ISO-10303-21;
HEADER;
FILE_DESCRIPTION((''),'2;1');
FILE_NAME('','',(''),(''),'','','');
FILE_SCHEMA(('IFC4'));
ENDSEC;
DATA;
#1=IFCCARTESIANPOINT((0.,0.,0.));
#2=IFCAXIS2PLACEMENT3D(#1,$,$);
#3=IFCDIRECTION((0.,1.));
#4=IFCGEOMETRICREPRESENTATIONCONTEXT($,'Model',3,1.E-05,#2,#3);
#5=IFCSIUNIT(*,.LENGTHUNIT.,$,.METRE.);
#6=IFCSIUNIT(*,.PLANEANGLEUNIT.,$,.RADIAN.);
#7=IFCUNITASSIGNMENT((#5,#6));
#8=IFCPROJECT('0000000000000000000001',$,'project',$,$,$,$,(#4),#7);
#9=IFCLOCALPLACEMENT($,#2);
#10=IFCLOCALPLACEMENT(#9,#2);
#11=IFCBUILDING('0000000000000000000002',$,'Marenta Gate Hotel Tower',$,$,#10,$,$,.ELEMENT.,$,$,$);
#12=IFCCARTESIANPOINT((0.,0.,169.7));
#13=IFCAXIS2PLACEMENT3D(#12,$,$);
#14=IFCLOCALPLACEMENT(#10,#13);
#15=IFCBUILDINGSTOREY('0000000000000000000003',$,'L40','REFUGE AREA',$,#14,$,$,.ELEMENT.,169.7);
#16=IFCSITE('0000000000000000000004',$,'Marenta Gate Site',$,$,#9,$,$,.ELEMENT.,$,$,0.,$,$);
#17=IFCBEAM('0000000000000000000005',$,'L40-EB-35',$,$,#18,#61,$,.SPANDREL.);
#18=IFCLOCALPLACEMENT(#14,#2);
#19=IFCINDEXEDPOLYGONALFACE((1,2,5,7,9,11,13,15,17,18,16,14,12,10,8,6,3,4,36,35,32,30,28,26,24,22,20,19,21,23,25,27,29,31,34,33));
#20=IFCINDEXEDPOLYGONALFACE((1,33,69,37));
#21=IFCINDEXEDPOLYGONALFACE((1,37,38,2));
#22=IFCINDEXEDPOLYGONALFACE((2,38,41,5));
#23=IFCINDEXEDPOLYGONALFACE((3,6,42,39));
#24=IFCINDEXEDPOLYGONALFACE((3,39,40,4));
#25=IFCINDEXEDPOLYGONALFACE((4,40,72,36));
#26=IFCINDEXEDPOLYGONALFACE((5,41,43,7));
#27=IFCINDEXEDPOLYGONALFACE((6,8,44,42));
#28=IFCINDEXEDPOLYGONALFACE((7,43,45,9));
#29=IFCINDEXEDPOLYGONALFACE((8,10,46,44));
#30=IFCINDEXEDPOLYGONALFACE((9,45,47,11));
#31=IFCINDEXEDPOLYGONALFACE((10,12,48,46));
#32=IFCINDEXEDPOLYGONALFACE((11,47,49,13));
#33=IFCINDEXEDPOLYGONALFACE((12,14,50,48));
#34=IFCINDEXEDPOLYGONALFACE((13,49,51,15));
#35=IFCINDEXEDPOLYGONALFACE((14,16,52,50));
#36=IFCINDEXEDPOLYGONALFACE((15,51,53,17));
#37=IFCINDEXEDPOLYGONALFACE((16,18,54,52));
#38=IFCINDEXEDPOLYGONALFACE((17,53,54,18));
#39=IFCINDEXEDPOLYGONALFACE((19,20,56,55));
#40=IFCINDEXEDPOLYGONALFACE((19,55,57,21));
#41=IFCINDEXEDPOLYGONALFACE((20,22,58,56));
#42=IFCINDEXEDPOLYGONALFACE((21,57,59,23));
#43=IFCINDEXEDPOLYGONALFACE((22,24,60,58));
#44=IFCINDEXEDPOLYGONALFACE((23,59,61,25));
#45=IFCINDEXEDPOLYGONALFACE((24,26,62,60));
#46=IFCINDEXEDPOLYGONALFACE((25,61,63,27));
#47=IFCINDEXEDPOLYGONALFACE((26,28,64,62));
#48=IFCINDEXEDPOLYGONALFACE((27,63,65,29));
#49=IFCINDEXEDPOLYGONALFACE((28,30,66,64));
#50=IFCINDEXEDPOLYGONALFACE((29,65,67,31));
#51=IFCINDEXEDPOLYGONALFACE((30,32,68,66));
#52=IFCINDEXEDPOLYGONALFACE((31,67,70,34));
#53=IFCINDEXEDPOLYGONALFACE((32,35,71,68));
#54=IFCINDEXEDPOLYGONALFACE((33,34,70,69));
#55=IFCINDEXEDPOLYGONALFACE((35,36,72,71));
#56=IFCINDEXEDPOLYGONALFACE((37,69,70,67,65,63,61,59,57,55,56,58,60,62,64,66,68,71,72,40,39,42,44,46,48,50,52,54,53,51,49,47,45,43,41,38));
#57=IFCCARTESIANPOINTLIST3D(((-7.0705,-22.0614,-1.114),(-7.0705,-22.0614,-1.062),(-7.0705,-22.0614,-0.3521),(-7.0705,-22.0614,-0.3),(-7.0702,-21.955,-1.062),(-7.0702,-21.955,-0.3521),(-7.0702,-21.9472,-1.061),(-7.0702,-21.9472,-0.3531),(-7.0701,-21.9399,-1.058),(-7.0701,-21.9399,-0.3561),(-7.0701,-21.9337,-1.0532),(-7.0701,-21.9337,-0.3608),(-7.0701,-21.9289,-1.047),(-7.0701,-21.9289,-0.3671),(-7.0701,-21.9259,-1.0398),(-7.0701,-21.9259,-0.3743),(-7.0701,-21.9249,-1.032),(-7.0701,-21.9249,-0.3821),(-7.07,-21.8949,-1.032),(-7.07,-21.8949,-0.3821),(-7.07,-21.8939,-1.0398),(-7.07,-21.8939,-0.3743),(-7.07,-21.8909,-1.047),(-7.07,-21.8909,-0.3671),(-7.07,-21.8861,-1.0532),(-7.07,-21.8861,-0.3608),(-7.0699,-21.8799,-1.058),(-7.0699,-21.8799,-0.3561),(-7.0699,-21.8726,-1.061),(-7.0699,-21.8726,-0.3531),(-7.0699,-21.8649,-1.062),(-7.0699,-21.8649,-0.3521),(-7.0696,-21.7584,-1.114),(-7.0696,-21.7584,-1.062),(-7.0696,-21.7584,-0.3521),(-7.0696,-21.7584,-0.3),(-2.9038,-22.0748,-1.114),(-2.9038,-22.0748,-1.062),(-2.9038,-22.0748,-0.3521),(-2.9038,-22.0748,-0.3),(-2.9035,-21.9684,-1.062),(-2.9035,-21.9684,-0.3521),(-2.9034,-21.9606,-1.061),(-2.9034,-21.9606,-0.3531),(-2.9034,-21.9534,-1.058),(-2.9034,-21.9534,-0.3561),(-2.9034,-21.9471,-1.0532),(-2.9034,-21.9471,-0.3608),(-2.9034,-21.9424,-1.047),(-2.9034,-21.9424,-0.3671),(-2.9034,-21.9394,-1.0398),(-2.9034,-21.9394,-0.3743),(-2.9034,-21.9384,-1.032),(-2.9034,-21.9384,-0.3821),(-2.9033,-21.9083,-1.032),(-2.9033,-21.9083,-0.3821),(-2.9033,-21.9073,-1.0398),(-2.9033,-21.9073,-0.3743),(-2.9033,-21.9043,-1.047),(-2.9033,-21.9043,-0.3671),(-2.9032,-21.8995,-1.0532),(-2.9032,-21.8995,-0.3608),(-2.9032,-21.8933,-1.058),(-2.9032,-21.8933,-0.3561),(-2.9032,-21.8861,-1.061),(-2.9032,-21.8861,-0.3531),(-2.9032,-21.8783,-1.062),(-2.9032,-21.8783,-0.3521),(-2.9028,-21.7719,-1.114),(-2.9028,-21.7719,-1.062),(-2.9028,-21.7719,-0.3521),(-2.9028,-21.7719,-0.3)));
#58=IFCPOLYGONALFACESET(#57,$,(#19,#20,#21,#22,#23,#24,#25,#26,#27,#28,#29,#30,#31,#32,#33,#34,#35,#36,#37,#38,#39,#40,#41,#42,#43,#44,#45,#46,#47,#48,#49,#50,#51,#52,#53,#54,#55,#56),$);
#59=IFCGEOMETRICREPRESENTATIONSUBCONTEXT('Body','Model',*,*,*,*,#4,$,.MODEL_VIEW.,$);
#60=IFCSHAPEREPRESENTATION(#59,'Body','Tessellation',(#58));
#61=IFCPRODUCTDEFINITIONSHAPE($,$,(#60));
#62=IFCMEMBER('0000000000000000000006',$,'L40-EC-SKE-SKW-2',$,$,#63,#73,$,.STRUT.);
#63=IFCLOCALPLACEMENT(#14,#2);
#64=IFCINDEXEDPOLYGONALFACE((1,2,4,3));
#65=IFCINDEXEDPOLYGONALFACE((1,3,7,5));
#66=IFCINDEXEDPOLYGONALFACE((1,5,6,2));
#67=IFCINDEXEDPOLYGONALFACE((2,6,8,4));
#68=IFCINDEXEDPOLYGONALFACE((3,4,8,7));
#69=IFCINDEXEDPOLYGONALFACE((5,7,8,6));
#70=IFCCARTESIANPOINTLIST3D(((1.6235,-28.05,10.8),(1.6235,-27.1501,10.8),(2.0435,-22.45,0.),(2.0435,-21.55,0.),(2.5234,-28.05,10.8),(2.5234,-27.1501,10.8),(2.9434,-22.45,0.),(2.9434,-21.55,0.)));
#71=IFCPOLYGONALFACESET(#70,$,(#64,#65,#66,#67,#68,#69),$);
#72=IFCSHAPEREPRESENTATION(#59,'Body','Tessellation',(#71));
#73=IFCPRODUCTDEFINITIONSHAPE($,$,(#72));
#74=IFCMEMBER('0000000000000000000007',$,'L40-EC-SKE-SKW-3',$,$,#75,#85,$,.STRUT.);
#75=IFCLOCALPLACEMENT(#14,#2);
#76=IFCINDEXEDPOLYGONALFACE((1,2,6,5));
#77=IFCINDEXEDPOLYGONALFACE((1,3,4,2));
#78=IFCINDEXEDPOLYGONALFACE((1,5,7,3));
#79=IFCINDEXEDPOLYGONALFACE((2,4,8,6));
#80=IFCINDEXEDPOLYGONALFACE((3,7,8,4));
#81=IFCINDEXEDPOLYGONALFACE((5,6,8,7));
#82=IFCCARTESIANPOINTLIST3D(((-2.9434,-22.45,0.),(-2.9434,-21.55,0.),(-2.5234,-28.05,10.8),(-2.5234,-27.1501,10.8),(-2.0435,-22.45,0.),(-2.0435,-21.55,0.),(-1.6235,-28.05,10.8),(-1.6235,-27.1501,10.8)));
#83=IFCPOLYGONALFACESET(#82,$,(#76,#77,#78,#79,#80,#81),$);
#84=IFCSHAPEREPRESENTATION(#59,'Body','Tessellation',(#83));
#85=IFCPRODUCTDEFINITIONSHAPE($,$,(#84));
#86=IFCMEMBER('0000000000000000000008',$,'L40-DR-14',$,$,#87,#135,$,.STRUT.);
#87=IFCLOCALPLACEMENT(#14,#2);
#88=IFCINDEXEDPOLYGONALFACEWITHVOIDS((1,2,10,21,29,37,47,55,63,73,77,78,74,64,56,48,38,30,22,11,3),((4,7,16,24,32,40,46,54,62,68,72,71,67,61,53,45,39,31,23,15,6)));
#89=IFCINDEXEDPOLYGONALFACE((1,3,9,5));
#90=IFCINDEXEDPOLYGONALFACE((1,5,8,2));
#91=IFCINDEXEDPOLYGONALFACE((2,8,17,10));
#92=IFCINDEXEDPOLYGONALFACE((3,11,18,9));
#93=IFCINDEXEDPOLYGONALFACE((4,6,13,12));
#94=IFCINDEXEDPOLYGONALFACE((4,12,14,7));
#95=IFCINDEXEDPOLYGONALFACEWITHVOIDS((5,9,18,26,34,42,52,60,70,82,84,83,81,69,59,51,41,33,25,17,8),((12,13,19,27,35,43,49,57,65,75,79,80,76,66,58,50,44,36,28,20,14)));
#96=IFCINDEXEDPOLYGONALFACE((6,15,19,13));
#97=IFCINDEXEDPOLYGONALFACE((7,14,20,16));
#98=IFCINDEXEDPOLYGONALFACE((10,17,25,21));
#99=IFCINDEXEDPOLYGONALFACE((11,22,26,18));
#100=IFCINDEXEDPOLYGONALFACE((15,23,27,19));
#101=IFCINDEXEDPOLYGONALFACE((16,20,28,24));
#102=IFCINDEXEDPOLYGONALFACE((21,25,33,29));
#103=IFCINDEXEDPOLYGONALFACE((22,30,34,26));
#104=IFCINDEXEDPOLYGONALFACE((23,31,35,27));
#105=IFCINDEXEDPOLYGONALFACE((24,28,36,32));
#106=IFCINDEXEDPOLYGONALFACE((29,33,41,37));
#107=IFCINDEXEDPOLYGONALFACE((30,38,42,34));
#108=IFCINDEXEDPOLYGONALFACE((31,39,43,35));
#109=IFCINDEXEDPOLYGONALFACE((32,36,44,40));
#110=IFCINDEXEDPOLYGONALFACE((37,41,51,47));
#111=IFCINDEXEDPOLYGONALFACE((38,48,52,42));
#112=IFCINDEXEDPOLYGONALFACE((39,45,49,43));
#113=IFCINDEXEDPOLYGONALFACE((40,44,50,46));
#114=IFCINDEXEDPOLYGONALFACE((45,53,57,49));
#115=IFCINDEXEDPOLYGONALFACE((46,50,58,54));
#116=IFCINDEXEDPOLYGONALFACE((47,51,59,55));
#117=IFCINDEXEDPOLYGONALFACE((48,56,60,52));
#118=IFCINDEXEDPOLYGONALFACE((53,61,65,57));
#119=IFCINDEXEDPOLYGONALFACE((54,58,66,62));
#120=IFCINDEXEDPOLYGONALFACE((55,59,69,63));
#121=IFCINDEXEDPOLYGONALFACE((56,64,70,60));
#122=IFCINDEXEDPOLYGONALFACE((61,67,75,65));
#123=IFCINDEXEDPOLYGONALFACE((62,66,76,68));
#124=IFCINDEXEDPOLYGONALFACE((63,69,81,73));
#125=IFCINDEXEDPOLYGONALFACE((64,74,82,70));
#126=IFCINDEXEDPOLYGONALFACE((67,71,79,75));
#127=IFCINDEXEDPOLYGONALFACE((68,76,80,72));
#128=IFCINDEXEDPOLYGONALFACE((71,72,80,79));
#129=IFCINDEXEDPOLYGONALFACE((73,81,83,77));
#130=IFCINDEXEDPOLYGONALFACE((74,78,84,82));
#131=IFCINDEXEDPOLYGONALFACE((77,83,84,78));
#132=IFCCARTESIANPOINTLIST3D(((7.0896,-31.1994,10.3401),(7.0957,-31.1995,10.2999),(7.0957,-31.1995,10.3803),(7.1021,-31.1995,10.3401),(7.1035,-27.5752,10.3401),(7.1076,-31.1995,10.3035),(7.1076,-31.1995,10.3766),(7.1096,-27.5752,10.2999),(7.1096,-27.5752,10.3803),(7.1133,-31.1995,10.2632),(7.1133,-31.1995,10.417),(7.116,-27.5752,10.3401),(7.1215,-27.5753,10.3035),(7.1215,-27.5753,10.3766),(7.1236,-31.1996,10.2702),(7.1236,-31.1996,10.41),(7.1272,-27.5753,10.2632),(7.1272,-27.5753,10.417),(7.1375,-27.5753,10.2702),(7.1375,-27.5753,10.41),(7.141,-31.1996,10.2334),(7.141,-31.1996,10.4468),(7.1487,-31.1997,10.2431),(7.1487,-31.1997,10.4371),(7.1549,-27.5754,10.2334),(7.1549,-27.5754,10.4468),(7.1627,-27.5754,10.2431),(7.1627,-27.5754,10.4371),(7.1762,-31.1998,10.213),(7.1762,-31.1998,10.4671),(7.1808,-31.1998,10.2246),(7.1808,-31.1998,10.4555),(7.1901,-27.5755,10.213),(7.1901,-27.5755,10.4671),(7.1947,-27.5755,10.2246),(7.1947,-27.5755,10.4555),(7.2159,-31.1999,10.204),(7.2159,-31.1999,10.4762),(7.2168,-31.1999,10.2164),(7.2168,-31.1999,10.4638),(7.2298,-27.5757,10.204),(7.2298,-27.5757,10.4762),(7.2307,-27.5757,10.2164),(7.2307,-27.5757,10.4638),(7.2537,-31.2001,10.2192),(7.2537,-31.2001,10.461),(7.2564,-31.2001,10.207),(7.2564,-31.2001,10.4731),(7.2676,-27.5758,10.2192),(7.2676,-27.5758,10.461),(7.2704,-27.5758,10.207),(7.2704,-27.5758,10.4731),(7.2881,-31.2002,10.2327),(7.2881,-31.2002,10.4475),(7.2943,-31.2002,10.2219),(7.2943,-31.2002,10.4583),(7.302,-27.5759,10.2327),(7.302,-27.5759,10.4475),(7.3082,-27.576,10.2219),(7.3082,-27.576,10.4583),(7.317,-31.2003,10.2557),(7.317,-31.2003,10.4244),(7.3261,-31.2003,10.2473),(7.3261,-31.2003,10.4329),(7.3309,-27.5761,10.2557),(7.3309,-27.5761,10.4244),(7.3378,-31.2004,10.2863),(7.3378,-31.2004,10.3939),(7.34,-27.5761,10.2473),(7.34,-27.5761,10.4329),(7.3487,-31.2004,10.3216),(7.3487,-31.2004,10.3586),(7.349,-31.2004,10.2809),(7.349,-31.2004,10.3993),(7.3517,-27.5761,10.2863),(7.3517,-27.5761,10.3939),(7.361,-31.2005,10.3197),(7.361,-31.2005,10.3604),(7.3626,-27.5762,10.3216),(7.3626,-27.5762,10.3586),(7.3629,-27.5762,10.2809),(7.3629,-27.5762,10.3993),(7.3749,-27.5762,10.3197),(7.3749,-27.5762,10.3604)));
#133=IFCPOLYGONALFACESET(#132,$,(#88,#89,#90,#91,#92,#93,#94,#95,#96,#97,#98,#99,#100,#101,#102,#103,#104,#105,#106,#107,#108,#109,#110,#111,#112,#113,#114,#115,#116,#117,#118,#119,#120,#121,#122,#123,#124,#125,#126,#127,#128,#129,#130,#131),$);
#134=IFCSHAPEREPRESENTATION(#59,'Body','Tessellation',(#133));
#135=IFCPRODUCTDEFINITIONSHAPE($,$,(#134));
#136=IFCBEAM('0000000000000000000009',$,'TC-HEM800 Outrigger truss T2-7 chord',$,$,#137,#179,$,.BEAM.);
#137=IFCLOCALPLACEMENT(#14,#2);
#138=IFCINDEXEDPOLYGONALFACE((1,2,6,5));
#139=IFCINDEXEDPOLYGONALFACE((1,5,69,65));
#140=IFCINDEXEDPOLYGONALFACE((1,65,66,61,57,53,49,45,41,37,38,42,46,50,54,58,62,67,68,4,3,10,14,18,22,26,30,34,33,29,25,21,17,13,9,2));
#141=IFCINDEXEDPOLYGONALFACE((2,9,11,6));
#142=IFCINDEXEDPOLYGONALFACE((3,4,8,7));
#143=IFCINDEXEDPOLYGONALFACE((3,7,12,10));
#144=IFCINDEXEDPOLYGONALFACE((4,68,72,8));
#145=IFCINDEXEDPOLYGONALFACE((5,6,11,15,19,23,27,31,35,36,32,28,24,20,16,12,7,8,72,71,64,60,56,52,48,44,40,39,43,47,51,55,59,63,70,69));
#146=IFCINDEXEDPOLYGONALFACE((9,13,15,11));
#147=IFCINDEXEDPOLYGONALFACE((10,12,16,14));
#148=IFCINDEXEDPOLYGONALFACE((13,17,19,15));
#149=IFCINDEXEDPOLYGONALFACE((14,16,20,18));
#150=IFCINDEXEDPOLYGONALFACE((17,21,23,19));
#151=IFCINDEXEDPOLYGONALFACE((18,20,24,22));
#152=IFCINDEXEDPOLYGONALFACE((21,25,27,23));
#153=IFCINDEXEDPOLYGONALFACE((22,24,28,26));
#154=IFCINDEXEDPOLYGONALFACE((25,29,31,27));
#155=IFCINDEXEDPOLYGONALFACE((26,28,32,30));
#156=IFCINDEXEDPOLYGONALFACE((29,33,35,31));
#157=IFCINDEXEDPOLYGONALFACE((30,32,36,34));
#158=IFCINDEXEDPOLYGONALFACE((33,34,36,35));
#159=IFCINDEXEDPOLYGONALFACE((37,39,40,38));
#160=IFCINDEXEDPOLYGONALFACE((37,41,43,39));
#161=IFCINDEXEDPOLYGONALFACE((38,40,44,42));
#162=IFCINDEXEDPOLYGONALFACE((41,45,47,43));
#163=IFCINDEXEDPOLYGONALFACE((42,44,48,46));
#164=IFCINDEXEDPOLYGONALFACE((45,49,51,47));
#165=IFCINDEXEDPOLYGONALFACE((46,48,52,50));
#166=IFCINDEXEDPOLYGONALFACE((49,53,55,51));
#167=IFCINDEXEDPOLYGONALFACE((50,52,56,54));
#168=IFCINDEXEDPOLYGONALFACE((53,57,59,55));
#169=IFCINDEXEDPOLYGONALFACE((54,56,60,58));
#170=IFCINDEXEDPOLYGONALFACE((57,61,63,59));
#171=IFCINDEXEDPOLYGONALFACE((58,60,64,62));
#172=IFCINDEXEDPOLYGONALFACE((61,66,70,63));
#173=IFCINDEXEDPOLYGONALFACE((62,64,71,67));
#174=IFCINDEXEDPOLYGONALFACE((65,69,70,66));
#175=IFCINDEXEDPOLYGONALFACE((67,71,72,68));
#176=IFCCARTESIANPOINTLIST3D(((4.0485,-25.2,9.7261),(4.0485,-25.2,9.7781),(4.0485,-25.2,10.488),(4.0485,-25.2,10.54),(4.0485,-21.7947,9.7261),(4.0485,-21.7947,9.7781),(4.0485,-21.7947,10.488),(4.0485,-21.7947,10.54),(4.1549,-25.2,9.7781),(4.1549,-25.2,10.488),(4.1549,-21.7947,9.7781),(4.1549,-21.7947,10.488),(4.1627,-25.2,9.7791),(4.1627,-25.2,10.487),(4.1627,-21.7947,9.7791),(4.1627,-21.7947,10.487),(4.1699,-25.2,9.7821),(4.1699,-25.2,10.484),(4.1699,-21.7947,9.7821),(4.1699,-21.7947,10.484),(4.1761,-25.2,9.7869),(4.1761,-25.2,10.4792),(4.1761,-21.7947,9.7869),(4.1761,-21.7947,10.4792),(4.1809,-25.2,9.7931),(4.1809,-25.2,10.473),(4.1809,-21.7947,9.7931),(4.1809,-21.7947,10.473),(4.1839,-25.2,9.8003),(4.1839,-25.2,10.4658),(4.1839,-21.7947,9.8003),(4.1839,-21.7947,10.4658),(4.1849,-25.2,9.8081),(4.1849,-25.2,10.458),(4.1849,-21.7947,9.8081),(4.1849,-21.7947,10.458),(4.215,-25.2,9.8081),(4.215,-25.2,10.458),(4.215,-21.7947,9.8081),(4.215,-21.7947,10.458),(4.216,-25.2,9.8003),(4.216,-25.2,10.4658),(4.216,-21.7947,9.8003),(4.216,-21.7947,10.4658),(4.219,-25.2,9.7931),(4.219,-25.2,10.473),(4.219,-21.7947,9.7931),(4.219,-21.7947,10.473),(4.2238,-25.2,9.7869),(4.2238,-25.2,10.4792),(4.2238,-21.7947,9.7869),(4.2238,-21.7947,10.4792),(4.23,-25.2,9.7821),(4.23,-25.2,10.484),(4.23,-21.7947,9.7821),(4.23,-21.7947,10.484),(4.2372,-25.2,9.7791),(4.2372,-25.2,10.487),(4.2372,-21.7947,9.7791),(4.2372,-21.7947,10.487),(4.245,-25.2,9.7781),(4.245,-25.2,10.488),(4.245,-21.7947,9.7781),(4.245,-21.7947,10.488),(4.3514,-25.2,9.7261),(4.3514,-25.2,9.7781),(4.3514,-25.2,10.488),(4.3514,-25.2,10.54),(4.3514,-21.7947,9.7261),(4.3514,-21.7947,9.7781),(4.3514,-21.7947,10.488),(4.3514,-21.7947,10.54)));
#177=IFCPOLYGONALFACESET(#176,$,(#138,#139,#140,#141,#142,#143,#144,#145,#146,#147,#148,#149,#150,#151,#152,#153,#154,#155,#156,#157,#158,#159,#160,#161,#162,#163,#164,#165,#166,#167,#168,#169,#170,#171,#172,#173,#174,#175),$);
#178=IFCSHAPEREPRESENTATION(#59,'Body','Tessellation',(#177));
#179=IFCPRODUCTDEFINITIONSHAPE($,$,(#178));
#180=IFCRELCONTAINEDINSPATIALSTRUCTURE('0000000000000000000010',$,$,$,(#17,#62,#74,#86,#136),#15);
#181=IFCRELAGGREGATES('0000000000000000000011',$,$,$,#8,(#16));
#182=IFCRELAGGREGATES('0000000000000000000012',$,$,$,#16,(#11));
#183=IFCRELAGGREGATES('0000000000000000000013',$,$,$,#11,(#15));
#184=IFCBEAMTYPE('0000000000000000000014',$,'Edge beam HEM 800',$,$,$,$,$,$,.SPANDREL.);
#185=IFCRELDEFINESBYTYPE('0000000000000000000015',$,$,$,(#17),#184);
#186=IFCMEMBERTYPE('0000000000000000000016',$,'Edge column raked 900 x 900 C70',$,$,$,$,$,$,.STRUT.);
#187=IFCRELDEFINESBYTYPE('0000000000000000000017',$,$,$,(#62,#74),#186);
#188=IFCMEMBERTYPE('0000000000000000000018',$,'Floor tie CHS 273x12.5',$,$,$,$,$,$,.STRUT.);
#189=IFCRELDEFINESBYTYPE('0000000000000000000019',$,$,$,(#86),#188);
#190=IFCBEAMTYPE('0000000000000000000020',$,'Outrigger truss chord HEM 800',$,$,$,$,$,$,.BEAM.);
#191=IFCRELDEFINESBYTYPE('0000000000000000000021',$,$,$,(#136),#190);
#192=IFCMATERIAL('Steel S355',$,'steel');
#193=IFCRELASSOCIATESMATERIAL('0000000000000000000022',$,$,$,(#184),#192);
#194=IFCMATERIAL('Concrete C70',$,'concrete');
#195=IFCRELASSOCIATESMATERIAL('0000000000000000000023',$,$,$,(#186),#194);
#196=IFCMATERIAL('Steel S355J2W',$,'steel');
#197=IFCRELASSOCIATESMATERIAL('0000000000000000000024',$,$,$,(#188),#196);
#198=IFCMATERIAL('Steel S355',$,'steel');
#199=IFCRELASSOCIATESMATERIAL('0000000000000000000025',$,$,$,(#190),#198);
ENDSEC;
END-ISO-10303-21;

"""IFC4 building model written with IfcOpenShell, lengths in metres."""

from ifc_helpers import new_model, si_unit, direction, frame, origin, origin_2d, place, context, subcontext, project, spatial, rectangle, hollow_circle, i_section, extrude, material, material_profile, profile_set, type_object, element, save


model = new_model("IFC4")

# Units and contexts
model_context = context("Model", 3, precision=1e-05, world=origin(), true_north=direction((0.0, 1.0)))
body_context = subcontext(model_context, "Body", "Model", "MODEL_VIEW")
ifc_project = project(units=[si_unit("LENGTHUNIT", "METRE"), si_unit("PLANEANGLEUNIT", "RADIAN")], contexts=[model_context])

# Site, building, storey
site_placement = place(None, origin())
site = spatial("IfcSite", under=ifc_project, at=site_placement, Name="Marenta Gate Site", CompositionType="ELEMENT", RefElevation=0.0)
building_placement = place(site_placement, origin())
building = spatial("IfcBuilding", under=site, at=building_placement, Name="Marenta Gate Hotel Tower", CompositionType="ELEMENT")
storey_placement = place(building_placement, frame((0.0, 0.0, 169.7)))
storey = spatial("IfcBuildingStorey", under=building, at=storey_placement, Name="L40", Description="REFUGE AREA", CompositionType="ELEMENT", Elevation=169.7)

# Beam
ifc_material_1 = material(Name="Steel S355", Category="steel")
ifc_material_profile_1 = material_profile(ifc_material_1, i_section(OverallWidth=0.303, OverallDepth=0.814, WebThickness=0.03, FlangeThickness=0.052, FilletRadius=0.03, at=origin_2d()), Name="HEM 800")
ifc_profile_set_1 = profile_set([ifc_material_profile_1], Name="Steel S355")
beam_type_1 = type_object("IfcBeamType", Name="Edge beam HEM 800", PredefinedType="SPANDREL", material=ifc_profile_set_1)
beam_1_placement = place(storey_placement, frame((-2.9033, -21.9233, -0.707), z_axis=(-0.999995, 0.003223, 0.0), x_axis=(-0.003223, -0.999995, 0.0)))
element("IfcBeam", 1, at=beam_1_placement, inside=storey, type_object=beam_type_1, Name="L40-EB-35", PredefinedType="SPANDREL", context=body_context, shape_type="SweptSolid", body=[
    extrude(i_section(OverallWidth=0.303, OverallDepth=0.814, WebThickness=0.03, FlangeThickness=0.052, FilletRadius=0.03, at=origin_2d()), origin(), (0.0, 0.0, 1.0), 4.1667),
])

# Members
ifc_material_2 = material(Name="Concrete C70", Category="concrete")
ifc_material_profile_2 = material_profile(ifc_material_2, rectangle(XDim=0.8999, YDim=0.8999, at=origin_2d()), Name="900 x 900")
ifc_profile_set_2 = profile_set([ifc_material_profile_2], Name="Concrete C70")
member_type_1 = type_object("IfcMemberType", Name="Edge column raked 900 x 900 C70", PredefinedType="STRUT", material=ifc_profile_set_2)
member_1_placement = place(storey_placement, frame((2.4934, -22.0, 0.0), z_axis=(0.0, 0.0, 1.0), x_axis=(1.0, 0.0, 0.0)))
element("IfcMember", 2, at=member_1_placement, inside=storey, type_object=member_type_1, Name="L40-EC-SKE-SKW-2", PredefinedType="STRUT", context=body_context, shape_type="SweptSolid", body=[
    extrude(rectangle(XDim=0.8999, YDim=0.8999, at=origin_2d()), origin(), (-0.034497, -0.460048, 0.887224), 12.1729),
])
member_2_placement = place(storey_placement, frame((-2.4934, -22.0, 0.0), z_axis=(0.0, 0.0, 1.0), x_axis=(1.0, 0.0, 0.0)))
element("IfcMember", 3, at=member_2_placement, inside=storey, type_object=member_type_1, Name="L40-EC-SKE-SKW-3", PredefinedType="STRUT", context=body_context, shape_type="SweptSolid", body=[
    extrude(rectangle(XDim=0.8999, YDim=0.8999, at=origin_2d()), origin(), (0.034497, -0.460048, 0.887224), 12.1729),
])
ifc_material_3 = material(Name="Steel S355J2W", Category="steel")
ifc_material_profile_3 = material_profile(ifc_material_3, hollow_circle(Radius=0.1365, WallThickness=0.0125, at=origin_2d()), Name="CHS 273x12.5")
ifc_profile_set_3 = profile_set([ifc_material_profile_3], Name="Steel S355J2W")
member_type_2 = type_object("IfcMemberType", Name="Floor tie CHS 273x12.5", PredefinedType="STRUT", material=ifc_profile_set_3)
member_3_placement = place(storey_placement, frame((7.2261, -31.2, 10.3401), z_axis=(0.00384, 0.999993, 0.0), x_axis=(-0.999993, 0.00384, 0.0)))
element("IfcMember", 4, at=member_3_placement, inside=storey, type_object=member_type_2, Name="L40-DR-14", PredefinedType="STRUT", context=body_context, shape_type="SweptSolid", body=[
    extrude(hollow_circle(Radius=0.1365, WallThickness=0.0125, at=origin_2d()), origin(), (0.0, 0.0, 1.0), 3.6243),
])

# Beam
ifc_material_4 = material(Name="Steel S355", Category="steel")
ifc_material_profile_4 = material_profile(ifc_material_4, i_section(OverallWidth=0.303, OverallDepth=0.814, WebThickness=0.03, FlangeThickness=0.052, FilletRadius=0.03, at=origin_2d()), Name="HEM 800")
ifc_profile_set_4 = profile_set([ifc_material_profile_4], Name="Steel S355")
beam_type_2 = type_object("IfcBeamType", Name="Outrigger truss chord HEM 800", PredefinedType="BEAM", material=ifc_profile_set_4)
beam_2_placement = place(storey_placement, frame((4.2, -21.7947, 10.1331), z_axis=(0.0, -1.0, 0.0), x_axis=(1.0, 0.0, 0.0)))
element("IfcBeam", 5, at=beam_2_placement, inside=storey, type_object=beam_type_2, Name="TC-HEM800 Outrigger truss T2-7 chord", PredefinedType="BEAM", context=body_context, shape_type="SweptSolid", body=[
    extrude(i_section(OverallWidth=0.303, OverallDepth=0.814, WebThickness=0.03, FlangeThickness=0.052, FilletRadius=0.03, at=origin_2d()), origin(), (0.0, 0.0, 1.0), 3.4053),
])

save(model, "model.ifc")
